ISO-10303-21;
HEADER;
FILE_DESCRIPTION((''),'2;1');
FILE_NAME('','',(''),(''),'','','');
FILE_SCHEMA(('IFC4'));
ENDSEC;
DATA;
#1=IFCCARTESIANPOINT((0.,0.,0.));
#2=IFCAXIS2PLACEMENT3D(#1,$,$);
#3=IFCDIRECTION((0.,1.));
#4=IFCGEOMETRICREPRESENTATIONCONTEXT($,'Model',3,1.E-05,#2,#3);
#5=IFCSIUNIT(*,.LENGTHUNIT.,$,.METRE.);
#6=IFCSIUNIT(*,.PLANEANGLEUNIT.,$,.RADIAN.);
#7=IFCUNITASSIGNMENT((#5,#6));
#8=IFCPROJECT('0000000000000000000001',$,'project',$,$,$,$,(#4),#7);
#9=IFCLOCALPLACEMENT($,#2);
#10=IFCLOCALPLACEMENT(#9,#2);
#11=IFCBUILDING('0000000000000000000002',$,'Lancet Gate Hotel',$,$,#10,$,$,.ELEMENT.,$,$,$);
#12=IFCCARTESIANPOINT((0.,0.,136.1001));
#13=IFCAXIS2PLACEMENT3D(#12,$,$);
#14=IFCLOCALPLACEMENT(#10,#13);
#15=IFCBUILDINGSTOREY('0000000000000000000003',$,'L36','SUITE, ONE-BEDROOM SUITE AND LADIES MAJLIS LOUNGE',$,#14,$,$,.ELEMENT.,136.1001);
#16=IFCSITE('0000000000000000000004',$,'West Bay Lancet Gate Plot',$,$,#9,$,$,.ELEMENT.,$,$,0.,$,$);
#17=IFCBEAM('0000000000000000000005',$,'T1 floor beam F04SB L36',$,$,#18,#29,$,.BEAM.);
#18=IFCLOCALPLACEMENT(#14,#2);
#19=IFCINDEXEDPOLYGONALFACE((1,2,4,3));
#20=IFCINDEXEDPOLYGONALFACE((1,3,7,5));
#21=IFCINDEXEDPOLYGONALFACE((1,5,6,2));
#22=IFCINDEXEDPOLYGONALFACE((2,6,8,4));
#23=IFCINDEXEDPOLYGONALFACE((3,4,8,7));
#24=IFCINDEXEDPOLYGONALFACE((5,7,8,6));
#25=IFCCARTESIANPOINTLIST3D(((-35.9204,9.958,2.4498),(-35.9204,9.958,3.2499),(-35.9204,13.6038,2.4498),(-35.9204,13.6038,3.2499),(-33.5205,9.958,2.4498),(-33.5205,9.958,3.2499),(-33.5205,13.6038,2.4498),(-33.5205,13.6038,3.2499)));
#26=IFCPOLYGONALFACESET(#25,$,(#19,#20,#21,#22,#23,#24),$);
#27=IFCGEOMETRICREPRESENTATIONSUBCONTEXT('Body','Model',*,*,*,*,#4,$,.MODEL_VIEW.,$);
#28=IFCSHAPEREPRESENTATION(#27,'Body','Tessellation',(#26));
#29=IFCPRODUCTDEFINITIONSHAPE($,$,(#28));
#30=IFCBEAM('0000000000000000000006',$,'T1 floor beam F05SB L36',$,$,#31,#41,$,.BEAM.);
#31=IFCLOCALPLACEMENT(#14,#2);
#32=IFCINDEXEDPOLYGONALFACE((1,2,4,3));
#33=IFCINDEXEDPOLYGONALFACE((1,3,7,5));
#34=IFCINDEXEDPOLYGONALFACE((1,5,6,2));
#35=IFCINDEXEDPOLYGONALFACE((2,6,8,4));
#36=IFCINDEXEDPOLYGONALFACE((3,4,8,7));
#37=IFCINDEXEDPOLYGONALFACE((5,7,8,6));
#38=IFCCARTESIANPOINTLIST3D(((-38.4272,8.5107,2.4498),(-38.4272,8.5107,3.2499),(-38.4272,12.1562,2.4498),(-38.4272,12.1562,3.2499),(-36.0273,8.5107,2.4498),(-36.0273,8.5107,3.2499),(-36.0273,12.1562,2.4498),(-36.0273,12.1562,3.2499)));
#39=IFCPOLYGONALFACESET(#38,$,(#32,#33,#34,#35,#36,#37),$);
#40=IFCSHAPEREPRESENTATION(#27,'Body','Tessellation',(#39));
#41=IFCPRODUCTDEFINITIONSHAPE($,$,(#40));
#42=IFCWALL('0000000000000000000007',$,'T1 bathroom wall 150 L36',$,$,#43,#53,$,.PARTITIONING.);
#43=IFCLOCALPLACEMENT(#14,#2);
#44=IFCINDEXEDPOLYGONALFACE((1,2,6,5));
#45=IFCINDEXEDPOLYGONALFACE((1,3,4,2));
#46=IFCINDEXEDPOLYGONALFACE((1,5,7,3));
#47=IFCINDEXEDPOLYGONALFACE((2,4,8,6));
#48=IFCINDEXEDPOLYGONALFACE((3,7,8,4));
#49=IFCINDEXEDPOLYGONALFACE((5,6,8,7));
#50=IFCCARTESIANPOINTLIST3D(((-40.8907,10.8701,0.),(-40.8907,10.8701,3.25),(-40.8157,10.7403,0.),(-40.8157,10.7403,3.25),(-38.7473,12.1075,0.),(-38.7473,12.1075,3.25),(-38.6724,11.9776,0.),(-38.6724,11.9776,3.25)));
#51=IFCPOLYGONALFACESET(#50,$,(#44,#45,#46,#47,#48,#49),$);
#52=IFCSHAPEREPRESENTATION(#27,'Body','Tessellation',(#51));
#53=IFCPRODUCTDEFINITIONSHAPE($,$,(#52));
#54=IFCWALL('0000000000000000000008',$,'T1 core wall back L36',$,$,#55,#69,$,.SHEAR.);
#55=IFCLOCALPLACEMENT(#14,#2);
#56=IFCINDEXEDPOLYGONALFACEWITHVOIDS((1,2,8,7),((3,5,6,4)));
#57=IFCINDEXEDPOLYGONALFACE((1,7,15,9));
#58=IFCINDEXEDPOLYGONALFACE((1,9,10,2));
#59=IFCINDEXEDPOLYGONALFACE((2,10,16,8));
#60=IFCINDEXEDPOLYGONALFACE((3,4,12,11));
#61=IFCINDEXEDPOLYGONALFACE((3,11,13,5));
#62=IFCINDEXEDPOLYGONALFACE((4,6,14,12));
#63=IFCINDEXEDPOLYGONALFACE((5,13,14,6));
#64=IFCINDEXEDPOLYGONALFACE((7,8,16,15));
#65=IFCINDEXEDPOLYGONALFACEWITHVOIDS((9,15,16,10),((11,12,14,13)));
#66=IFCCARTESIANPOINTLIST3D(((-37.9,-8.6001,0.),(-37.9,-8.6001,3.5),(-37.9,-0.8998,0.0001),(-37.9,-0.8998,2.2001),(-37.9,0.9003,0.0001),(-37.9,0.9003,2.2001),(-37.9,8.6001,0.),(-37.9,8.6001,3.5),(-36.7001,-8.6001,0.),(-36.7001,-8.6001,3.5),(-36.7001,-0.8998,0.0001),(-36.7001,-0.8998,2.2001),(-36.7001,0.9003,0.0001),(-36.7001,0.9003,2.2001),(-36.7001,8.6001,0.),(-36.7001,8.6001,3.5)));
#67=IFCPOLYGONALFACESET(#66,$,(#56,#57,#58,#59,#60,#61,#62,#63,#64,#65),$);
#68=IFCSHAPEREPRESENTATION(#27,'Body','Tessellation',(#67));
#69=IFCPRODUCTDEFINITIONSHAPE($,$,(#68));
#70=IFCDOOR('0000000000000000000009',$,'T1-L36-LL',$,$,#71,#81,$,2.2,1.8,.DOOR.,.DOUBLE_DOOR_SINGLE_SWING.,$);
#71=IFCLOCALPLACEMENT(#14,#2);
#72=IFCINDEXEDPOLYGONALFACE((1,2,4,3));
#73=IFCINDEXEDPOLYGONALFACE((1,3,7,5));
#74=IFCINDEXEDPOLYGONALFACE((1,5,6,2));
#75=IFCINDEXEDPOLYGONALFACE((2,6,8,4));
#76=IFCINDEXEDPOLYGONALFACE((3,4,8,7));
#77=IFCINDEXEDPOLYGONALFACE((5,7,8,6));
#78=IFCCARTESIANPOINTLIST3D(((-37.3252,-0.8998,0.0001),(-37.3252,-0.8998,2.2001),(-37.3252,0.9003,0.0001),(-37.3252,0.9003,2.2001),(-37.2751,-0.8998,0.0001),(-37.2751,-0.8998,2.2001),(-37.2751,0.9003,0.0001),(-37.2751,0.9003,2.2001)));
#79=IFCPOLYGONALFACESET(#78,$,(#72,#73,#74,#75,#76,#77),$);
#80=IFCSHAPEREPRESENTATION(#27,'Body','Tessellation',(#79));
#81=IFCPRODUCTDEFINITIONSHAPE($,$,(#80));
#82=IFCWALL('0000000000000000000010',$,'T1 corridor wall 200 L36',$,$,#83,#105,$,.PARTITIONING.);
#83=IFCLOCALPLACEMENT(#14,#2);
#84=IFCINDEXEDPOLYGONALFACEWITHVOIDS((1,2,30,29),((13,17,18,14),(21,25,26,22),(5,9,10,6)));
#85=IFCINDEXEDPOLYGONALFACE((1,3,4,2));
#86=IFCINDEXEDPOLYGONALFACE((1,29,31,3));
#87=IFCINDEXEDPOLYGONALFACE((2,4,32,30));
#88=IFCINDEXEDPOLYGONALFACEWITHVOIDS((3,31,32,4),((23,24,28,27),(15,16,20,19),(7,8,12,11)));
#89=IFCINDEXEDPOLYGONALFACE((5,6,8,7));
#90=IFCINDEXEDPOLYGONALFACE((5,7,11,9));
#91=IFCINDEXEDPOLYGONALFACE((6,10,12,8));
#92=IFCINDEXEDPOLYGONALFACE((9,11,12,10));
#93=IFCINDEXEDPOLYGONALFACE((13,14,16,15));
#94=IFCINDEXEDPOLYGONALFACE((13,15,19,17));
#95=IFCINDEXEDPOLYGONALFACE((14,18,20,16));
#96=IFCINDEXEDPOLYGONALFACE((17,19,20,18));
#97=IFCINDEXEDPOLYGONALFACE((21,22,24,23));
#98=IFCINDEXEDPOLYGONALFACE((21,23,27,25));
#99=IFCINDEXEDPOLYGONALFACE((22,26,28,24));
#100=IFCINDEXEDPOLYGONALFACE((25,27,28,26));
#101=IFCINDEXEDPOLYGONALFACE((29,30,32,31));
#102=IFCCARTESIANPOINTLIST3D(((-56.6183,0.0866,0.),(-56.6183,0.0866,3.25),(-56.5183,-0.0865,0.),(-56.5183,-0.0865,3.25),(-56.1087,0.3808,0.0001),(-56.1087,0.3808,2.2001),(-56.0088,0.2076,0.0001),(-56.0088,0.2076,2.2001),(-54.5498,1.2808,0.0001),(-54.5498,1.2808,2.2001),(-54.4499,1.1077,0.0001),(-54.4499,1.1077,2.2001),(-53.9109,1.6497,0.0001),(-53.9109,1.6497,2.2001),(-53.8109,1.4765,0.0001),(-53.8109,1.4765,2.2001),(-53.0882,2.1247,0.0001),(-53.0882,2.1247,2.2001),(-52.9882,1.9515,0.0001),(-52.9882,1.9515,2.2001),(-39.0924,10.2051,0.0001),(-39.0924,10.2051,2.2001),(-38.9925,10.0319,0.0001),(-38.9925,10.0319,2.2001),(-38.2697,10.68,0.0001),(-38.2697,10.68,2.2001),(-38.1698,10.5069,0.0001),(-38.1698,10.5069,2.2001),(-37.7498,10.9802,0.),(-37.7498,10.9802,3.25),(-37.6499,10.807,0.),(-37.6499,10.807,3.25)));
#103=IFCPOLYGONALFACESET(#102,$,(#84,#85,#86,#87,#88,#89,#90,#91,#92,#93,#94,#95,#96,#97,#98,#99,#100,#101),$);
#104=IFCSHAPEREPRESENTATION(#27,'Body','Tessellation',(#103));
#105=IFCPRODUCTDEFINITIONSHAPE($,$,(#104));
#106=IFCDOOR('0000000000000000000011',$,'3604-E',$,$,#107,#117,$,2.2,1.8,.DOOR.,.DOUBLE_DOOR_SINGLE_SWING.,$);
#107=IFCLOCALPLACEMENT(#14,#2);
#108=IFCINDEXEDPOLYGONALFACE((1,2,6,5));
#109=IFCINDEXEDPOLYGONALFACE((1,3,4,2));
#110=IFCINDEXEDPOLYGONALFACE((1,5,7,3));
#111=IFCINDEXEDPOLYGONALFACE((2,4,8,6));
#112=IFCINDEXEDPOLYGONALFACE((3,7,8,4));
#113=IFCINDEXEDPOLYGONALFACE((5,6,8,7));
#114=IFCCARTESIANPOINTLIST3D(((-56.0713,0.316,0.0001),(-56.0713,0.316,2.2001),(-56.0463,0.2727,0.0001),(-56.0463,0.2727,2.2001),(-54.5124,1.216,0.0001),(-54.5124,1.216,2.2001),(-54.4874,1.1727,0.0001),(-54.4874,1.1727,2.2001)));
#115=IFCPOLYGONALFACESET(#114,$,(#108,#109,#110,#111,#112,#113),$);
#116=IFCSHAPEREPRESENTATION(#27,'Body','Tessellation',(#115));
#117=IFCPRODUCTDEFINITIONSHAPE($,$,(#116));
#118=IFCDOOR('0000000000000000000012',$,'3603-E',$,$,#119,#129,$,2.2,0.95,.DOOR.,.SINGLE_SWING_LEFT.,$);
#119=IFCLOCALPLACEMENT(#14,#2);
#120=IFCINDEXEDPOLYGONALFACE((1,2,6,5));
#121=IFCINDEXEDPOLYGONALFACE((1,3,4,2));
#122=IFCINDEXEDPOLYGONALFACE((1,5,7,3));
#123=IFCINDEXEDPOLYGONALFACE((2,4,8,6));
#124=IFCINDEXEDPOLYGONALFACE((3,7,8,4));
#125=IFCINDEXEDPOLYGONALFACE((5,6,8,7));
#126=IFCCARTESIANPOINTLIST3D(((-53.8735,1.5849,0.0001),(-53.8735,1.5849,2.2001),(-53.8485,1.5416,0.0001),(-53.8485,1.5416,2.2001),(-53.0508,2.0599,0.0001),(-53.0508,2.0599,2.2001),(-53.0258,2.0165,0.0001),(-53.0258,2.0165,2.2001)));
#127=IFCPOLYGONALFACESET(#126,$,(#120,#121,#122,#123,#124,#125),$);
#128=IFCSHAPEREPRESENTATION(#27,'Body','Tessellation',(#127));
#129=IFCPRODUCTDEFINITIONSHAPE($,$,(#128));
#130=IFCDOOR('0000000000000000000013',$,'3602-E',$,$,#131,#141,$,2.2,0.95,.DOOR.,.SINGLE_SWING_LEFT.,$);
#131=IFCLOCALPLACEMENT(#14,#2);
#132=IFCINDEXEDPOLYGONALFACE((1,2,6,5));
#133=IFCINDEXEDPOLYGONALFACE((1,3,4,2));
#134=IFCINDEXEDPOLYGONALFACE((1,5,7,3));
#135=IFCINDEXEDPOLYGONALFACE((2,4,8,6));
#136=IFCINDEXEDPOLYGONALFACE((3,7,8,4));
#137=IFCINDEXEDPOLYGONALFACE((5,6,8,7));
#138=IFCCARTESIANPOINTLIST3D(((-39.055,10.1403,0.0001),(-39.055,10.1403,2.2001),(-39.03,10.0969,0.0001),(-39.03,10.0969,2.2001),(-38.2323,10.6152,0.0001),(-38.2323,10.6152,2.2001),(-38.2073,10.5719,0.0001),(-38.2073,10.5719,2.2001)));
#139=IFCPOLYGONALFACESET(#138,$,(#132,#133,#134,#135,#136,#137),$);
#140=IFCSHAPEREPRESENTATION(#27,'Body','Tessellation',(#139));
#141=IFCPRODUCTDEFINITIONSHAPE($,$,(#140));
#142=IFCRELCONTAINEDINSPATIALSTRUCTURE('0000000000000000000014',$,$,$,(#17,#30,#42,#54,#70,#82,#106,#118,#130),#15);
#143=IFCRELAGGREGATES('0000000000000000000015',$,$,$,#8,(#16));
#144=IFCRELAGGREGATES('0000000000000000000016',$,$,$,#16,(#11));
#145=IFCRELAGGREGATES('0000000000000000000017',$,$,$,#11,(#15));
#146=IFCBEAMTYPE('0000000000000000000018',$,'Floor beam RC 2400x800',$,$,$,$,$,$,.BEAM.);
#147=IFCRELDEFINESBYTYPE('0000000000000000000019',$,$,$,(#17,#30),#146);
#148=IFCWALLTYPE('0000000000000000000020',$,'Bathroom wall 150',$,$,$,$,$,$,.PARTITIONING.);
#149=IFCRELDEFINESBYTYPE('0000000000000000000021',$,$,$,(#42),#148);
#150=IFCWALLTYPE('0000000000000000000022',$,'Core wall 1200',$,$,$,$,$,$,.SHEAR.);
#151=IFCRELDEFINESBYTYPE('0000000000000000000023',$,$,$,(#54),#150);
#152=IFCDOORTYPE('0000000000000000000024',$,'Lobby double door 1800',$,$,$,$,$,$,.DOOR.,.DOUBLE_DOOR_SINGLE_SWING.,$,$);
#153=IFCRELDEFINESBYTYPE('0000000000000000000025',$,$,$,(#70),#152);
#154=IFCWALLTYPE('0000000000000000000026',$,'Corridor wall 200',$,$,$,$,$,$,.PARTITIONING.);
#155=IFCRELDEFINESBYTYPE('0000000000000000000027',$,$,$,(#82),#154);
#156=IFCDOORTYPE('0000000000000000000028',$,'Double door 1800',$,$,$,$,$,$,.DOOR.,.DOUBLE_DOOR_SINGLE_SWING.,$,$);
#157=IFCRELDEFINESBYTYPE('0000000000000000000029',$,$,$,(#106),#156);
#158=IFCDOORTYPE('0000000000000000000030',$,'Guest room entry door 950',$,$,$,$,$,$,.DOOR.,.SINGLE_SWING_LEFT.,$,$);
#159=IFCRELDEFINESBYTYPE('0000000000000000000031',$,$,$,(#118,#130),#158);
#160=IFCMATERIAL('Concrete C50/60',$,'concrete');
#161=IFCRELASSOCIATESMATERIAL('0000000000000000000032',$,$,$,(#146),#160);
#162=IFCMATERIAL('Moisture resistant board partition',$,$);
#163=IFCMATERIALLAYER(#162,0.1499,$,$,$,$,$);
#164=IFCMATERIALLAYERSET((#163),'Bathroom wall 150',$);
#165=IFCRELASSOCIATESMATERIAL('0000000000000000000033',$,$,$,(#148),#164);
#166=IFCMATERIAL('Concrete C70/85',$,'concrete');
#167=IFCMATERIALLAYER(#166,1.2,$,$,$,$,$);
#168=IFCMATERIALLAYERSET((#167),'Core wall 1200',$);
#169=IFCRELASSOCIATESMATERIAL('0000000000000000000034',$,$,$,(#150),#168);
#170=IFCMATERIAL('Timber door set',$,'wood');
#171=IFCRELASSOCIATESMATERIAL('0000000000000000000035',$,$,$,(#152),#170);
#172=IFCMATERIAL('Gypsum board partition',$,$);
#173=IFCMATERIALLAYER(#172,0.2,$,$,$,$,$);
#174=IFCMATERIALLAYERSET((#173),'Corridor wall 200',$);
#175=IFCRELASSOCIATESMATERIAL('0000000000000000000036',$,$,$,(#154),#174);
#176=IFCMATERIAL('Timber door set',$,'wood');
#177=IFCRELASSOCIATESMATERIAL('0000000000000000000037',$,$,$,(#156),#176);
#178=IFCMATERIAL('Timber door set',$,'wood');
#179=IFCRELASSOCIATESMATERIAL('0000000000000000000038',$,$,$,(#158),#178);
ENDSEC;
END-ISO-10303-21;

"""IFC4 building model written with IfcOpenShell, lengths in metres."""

from ifc_helpers import new_model, si_unit, direction, frame, frame_2d, origin, origin_2d, place, context, subcontext, project, spatial, rectangle, extrude, material, layer, layer_set, material_profile, profile_set, type_object, element, fill, save


model = new_model("IFC4")

# Units and contexts
model_context = context("Model", 3, precision=1e-05, world=origin(), true_north=direction((0.0, 1.0)))
body_context = subcontext(model_context, "Body", "Model", "MODEL_VIEW")
ifc_project = project(units=[si_unit("LENGTHUNIT", "METRE"), si_unit("PLANEANGLEUNIT", "RADIAN")], contexts=[model_context])

# Site, building, storey
site_placement = place(None, origin())
site = spatial("IfcSite", under=ifc_project, at=site_placement, Name="West Bay Lancet Gate Plot", CompositionType="ELEMENT", RefElevation=0.0)
building_placement = place(site_placement, origin())
building = spatial("IfcBuilding", under=site, at=building_placement, Name="Lancet Gate Hotel", CompositionType="ELEMENT")
storey_placement = place(building_placement, frame((0.0, 0.0, 136.1001)))
storey = spatial("IfcBuildingStorey", under=building, at=storey_placement, Name="L36", Description="SUITE, ONE-BEDROOM SUITE AND LADIES MAJLIS LOUNGE", CompositionType="ELEMENT", Elevation=136.1001)

# Beams
ifc_material_1 = material(Name="Concrete C50/60", Category="concrete")
ifc_material_profile = material_profile(ifc_material_1, rectangle(XDim=2.3999, YDim=0.8, at=origin_2d()), Name="RC 2400x800")
ifc_profile_set = profile_set([ifc_material_profile], Name="Concrete C50/60")
beam_type = type_object("IfcBeamType", Name="Floor beam RC 2400x800", PredefinedType="BEAM", material=ifc_profile_set)
beam_1_placement = place(storey_placement, frame((-34.7205, 13.6038, 2.8499), z_axis=(0.0, -1.0, 0.0), x_axis=(1.0, 0.0, 0.0)))
element("IfcBeam", 1, at=beam_1_placement, inside=storey, type_object=beam_type, Name="T1 floor beam F04SB L36", PredefinedType="BEAM", context=body_context, shape_type="SweptSolid", body=[
    extrude(rectangle(XDim=2.3999, YDim=0.8, at=origin_2d()), origin(), (0.0, 0.0, 1.0), 3.6458),
])
beam_2_placement = place(storey_placement, frame((-37.2273, 12.1562, 2.8499), z_axis=(0.0, -1.0, 0.0), x_axis=(1.0, 0.0, 0.0)))
element("IfcBeam", 2, at=beam_2_placement, inside=storey, type_object=beam_type, Name="T1 floor beam F05SB L36", PredefinedType="BEAM", context=body_context, shape_type="SweptSolid", body=[
    extrude(rectangle(XDim=2.3999, YDim=0.8, at=origin_2d()), origin(), (0.0, 0.0, 1.0), 3.6455),
])

# Wall
ifc_material_2 = material(Name="Moisture resistant board partition")
ifc_layer_1 = layer(ifc_material_2, 0.1499)
ifc_layer_set_1 = layer_set([ifc_layer_1], Name="Bathroom wall 150")
wall_type_1 = type_object("IfcWallType", Name="Bathroom wall 150", PredefinedType="PARTITIONING", material=ifc_layer_set_1)
wall_1_placement = place(storey_placement, frame((-38.71, 12.0425, 0.0), z_axis=(0.0, 0.0, 1.0), x_axis=(-0.866049, -0.499959, 0.0)))
element("IfcWall", 3, at=wall_1_placement, inside=storey, type_object=wall_type_1, Name="T1 bathroom wall 150 L36", PredefinedType="PARTITIONING", context=body_context, shape_type="SweptSolid", body=[
    extrude(rectangle(XDim=2.4749, YDim=0.1499, at=frame_2d((1.2373, 0.0))), origin(), (0.0, 0.0, 1.0), 3.25),
])

# Wall, opening, door
ifc_material_3 = material(Name="Concrete C70/85", Category="concrete")
ifc_layer_2 = layer(ifc_material_3, 1.2)
ifc_layer_set_2 = layer_set([ifc_layer_2], Name="Core wall 1200")
wall_type_2 = type_object("IfcWallType", Name="Core wall 1200", PredefinedType="SHEAR", material=ifc_layer_set_2)
wall_2_placement = place(storey_placement, frame((-37.3, 8.6001, 0.0), z_axis=(0.0, 0.0, 1.0), x_axis=(0.0, -1.0, 0.0)))
wall_2 = element("IfcWall", 4, at=wall_2_placement, inside=storey, type_object=wall_type_2, Name="T1 core wall back L36", PredefinedType="SHEAR", context=body_context, shape_type="SweptSolid", body=[
    extrude(rectangle(XDim=17.2002, YDim=1.2, at=frame_2d((8.6001, 0.0))), origin(), (0.0, 0.0, 1.0), 3.5),
])
opening_1_placement = place(wall_2_placement, frame((7.7, 0.0, 0.0)))
opening_1 = element("IfcOpeningElement", 5, at=opening_1_placement, cuts=wall_2, PredefinedType="OPENING", context=body_context, shape_type="SweptSolid", body=[
    extrude(rectangle(XDim=1.8, YDim=2.2, at=frame_2d((0.8999, 1.1001))), frame((0.0, 0.6099, 0.0), z_axis=(0.0, -1.0, 0.0), x_axis=(1.0, 0.0, 0.0)), (0.0, 0.0, 1.0), 1.22),
])
ifc_material_4 = material(Name="Timber door set", Category="wood")
door_type_1 = type_object("IfcDoorType", Name="Lobby double door 1800", OperationType="DOUBLE_DOOR_SINGLE_SWING", PredefinedType="DOOR", material=ifc_material_4)
door_1_placement = place(opening_1_placement, origin())
door_1 = element("IfcDoor", 6, at=door_1_placement, inside=storey, type_object=door_type_1, Name="T1-L36-LL", OperationType="DOUBLE_DOOR_SINGLE_SWING", OverallHeight=2.2, OverallWidth=1.8, PredefinedType="DOOR", context=body_context, shape_type="SweptSolid", body=[
    extrude(rectangle(XDim=1.8, YDim=2.2, at=frame_2d((0.8999, 1.1001))), frame((0.0, 0.0249, 0.0), z_axis=(0.0, -1.0, 0.0), x_axis=(1.0, 0.0, 0.0)), (0.0, 0.0, 1.0), 0.05),
])
fill(opening_1, door_1)

# Wall, openings, doors
ifc_material_5 = material(Name="Gypsum board partition")
ifc_layer_3 = layer(ifc_material_5, 0.2)
ifc_layer_set_3 = layer_set([ifc_layer_3], Name="Corridor wall 200")
wall_type_3 = type_object("IfcWallType", Name="Corridor wall 200", PredefinedType="PARTITIONING", material=ifc_layer_set_3)
wall_3_placement = place(storey_placement, frame((-37.7, 10.8936, 0.0), z_axis=(0.0, 0.0, 1.0), x_axis=(-0.866028, -0.499996, 0.0)))
wall_3 = element("IfcWall", 7, at=wall_3_placement, inside=storey, type_object=wall_type_3, Name="T1 corridor wall 200 L36", PredefinedType="PARTITIONING", context=body_context, shape_type="SweptSolid", body=[
    extrude(rectangle(XDim=21.7874, YDim=0.2, at=frame_2d((10.8936, 0.0))), origin(), (0.0, 0.0, 1.0), 3.25),
])
opening_2_placement = place(wall_3_placement, frame((17.7109, 0.0, 0.0)))
opening_2 = element("IfcOpeningElement", 8, at=opening_2_placement, cuts=wall_3, PredefinedType="OPENING", context=body_context, shape_type="SweptSolid", body=[
    extrude(rectangle(XDim=0.95, YDim=2.2, at=frame_2d((0.4751, 1.1001))), frame((0.0, 0.1099, 0.0), z_axis=(0.0, -1.0, 0.0), x_axis=(1.0, 0.0, 0.0)), (0.0, 0.0, 1.0), 0.22),
])
opening_3_placement = place(wall_3_placement, frame((19.3989, 0.0, 0.0)))
opening_3 = element("IfcOpeningElement", 9, at=opening_3_placement, cuts=wall_3, PredefinedType="OPENING", context=body_context, shape_type="SweptSolid", body=[
    extrude(rectangle(XDim=1.8, YDim=2.2, at=frame_2d((0.8999, 1.1001))), frame((0.0, 0.1099, 0.0), z_axis=(0.0, -1.0, 0.0), x_axis=(1.0, 0.0, 0.0)), (0.0, 0.0, 1.0), 0.22),
])
opening_4_placement = place(wall_3_placement, frame((0.6001, 0.0, 0.0)))
opening_4 = element("IfcOpeningElement", 10, at=opening_4_placement, cuts=wall_3, PredefinedType="OPENING", context=body_context, shape_type="SweptSolid", body=[
    extrude(rectangle(XDim=0.95, YDim=2.2, at=frame_2d((0.4751, 1.1001))), frame((0.0, 0.1099, 0.0), z_axis=(0.0, -1.0, 0.0), x_axis=(1.0, 0.0, 0.0)), (0.0, 0.0, 1.0), 0.22),
])
ifc_material_6 = material(Name="Timber door set", Category="wood")
door_type_2 = type_object("IfcDoorType", Name="Double door 1800", OperationType="DOUBLE_DOOR_SINGLE_SWING", PredefinedType="DOOR", material=ifc_material_6)
door_2_placement = place(opening_3_placement, origin())
door_2 = element("IfcDoor", 11, at=door_2_placement, inside=storey, type_object=door_type_2, Name="3604-E", OperationType="DOUBLE_DOOR_SINGLE_SWING", OverallHeight=2.2, OverallWidth=1.8, PredefinedType="DOOR", context=body_context, shape_type="SweptSolid", body=[
    extrude(rectangle(XDim=1.8, YDim=2.2, at=frame_2d((0.8999, 1.1001))), frame((0.0, 0.0249, 0.0), z_axis=(0.0, -1.0, 0.0), x_axis=(1.0, 0.0, 0.0)), (0.0, 0.0, 1.0), 0.05),
])
fill(opening_3, door_2)
ifc_material_7 = material(Name="Timber door set", Category="wood")
door_type_3 = type_object("IfcDoorType", Name="Guest room entry door 950", OperationType="SINGLE_SWING_LEFT", PredefinedType="DOOR", material=ifc_material_7)
door_3_placement = place(opening_2_placement, origin())
door_3 = element("IfcDoor", 12, at=door_3_placement, inside=storey, type_object=door_type_3, Name="3603-E", OperationType="SINGLE_SWING_LEFT", OverallHeight=2.2, OverallWidth=0.95, PredefinedType="DOOR", context=body_context, shape_type="SweptSolid", body=[
    extrude(rectangle(XDim=0.95, YDim=2.2, at=frame_2d((0.4751, 1.1001))), frame((0.0, 0.0249, 0.0), z_axis=(0.0, -1.0, 0.0), x_axis=(1.0, 0.0, 0.0)), (0.0, 0.0, 1.0), 0.05),
])
fill(opening_2, door_3)
door_4_placement = place(opening_4_placement, origin())
door_4 = element("IfcDoor", 13, at=door_4_placement, inside=storey, type_object=door_type_3, Name="3602-E", OperationType="SINGLE_SWING_LEFT", OverallHeight=2.2, OverallWidth=0.95, PredefinedType="DOOR", context=body_context, shape_type="SweptSolid", body=[
    extrude(rectangle(XDim=0.95, YDim=2.2, at=frame_2d((0.4751, 1.1001))), frame((0.0, 0.0249, 0.0), z_axis=(0.0, -1.0, 0.0), x_axis=(1.0, 0.0, 0.0)), (0.0, 0.0, 1.0), 0.05),
])
fill(opening_4, door_4)

save(model, "model.ifc")
